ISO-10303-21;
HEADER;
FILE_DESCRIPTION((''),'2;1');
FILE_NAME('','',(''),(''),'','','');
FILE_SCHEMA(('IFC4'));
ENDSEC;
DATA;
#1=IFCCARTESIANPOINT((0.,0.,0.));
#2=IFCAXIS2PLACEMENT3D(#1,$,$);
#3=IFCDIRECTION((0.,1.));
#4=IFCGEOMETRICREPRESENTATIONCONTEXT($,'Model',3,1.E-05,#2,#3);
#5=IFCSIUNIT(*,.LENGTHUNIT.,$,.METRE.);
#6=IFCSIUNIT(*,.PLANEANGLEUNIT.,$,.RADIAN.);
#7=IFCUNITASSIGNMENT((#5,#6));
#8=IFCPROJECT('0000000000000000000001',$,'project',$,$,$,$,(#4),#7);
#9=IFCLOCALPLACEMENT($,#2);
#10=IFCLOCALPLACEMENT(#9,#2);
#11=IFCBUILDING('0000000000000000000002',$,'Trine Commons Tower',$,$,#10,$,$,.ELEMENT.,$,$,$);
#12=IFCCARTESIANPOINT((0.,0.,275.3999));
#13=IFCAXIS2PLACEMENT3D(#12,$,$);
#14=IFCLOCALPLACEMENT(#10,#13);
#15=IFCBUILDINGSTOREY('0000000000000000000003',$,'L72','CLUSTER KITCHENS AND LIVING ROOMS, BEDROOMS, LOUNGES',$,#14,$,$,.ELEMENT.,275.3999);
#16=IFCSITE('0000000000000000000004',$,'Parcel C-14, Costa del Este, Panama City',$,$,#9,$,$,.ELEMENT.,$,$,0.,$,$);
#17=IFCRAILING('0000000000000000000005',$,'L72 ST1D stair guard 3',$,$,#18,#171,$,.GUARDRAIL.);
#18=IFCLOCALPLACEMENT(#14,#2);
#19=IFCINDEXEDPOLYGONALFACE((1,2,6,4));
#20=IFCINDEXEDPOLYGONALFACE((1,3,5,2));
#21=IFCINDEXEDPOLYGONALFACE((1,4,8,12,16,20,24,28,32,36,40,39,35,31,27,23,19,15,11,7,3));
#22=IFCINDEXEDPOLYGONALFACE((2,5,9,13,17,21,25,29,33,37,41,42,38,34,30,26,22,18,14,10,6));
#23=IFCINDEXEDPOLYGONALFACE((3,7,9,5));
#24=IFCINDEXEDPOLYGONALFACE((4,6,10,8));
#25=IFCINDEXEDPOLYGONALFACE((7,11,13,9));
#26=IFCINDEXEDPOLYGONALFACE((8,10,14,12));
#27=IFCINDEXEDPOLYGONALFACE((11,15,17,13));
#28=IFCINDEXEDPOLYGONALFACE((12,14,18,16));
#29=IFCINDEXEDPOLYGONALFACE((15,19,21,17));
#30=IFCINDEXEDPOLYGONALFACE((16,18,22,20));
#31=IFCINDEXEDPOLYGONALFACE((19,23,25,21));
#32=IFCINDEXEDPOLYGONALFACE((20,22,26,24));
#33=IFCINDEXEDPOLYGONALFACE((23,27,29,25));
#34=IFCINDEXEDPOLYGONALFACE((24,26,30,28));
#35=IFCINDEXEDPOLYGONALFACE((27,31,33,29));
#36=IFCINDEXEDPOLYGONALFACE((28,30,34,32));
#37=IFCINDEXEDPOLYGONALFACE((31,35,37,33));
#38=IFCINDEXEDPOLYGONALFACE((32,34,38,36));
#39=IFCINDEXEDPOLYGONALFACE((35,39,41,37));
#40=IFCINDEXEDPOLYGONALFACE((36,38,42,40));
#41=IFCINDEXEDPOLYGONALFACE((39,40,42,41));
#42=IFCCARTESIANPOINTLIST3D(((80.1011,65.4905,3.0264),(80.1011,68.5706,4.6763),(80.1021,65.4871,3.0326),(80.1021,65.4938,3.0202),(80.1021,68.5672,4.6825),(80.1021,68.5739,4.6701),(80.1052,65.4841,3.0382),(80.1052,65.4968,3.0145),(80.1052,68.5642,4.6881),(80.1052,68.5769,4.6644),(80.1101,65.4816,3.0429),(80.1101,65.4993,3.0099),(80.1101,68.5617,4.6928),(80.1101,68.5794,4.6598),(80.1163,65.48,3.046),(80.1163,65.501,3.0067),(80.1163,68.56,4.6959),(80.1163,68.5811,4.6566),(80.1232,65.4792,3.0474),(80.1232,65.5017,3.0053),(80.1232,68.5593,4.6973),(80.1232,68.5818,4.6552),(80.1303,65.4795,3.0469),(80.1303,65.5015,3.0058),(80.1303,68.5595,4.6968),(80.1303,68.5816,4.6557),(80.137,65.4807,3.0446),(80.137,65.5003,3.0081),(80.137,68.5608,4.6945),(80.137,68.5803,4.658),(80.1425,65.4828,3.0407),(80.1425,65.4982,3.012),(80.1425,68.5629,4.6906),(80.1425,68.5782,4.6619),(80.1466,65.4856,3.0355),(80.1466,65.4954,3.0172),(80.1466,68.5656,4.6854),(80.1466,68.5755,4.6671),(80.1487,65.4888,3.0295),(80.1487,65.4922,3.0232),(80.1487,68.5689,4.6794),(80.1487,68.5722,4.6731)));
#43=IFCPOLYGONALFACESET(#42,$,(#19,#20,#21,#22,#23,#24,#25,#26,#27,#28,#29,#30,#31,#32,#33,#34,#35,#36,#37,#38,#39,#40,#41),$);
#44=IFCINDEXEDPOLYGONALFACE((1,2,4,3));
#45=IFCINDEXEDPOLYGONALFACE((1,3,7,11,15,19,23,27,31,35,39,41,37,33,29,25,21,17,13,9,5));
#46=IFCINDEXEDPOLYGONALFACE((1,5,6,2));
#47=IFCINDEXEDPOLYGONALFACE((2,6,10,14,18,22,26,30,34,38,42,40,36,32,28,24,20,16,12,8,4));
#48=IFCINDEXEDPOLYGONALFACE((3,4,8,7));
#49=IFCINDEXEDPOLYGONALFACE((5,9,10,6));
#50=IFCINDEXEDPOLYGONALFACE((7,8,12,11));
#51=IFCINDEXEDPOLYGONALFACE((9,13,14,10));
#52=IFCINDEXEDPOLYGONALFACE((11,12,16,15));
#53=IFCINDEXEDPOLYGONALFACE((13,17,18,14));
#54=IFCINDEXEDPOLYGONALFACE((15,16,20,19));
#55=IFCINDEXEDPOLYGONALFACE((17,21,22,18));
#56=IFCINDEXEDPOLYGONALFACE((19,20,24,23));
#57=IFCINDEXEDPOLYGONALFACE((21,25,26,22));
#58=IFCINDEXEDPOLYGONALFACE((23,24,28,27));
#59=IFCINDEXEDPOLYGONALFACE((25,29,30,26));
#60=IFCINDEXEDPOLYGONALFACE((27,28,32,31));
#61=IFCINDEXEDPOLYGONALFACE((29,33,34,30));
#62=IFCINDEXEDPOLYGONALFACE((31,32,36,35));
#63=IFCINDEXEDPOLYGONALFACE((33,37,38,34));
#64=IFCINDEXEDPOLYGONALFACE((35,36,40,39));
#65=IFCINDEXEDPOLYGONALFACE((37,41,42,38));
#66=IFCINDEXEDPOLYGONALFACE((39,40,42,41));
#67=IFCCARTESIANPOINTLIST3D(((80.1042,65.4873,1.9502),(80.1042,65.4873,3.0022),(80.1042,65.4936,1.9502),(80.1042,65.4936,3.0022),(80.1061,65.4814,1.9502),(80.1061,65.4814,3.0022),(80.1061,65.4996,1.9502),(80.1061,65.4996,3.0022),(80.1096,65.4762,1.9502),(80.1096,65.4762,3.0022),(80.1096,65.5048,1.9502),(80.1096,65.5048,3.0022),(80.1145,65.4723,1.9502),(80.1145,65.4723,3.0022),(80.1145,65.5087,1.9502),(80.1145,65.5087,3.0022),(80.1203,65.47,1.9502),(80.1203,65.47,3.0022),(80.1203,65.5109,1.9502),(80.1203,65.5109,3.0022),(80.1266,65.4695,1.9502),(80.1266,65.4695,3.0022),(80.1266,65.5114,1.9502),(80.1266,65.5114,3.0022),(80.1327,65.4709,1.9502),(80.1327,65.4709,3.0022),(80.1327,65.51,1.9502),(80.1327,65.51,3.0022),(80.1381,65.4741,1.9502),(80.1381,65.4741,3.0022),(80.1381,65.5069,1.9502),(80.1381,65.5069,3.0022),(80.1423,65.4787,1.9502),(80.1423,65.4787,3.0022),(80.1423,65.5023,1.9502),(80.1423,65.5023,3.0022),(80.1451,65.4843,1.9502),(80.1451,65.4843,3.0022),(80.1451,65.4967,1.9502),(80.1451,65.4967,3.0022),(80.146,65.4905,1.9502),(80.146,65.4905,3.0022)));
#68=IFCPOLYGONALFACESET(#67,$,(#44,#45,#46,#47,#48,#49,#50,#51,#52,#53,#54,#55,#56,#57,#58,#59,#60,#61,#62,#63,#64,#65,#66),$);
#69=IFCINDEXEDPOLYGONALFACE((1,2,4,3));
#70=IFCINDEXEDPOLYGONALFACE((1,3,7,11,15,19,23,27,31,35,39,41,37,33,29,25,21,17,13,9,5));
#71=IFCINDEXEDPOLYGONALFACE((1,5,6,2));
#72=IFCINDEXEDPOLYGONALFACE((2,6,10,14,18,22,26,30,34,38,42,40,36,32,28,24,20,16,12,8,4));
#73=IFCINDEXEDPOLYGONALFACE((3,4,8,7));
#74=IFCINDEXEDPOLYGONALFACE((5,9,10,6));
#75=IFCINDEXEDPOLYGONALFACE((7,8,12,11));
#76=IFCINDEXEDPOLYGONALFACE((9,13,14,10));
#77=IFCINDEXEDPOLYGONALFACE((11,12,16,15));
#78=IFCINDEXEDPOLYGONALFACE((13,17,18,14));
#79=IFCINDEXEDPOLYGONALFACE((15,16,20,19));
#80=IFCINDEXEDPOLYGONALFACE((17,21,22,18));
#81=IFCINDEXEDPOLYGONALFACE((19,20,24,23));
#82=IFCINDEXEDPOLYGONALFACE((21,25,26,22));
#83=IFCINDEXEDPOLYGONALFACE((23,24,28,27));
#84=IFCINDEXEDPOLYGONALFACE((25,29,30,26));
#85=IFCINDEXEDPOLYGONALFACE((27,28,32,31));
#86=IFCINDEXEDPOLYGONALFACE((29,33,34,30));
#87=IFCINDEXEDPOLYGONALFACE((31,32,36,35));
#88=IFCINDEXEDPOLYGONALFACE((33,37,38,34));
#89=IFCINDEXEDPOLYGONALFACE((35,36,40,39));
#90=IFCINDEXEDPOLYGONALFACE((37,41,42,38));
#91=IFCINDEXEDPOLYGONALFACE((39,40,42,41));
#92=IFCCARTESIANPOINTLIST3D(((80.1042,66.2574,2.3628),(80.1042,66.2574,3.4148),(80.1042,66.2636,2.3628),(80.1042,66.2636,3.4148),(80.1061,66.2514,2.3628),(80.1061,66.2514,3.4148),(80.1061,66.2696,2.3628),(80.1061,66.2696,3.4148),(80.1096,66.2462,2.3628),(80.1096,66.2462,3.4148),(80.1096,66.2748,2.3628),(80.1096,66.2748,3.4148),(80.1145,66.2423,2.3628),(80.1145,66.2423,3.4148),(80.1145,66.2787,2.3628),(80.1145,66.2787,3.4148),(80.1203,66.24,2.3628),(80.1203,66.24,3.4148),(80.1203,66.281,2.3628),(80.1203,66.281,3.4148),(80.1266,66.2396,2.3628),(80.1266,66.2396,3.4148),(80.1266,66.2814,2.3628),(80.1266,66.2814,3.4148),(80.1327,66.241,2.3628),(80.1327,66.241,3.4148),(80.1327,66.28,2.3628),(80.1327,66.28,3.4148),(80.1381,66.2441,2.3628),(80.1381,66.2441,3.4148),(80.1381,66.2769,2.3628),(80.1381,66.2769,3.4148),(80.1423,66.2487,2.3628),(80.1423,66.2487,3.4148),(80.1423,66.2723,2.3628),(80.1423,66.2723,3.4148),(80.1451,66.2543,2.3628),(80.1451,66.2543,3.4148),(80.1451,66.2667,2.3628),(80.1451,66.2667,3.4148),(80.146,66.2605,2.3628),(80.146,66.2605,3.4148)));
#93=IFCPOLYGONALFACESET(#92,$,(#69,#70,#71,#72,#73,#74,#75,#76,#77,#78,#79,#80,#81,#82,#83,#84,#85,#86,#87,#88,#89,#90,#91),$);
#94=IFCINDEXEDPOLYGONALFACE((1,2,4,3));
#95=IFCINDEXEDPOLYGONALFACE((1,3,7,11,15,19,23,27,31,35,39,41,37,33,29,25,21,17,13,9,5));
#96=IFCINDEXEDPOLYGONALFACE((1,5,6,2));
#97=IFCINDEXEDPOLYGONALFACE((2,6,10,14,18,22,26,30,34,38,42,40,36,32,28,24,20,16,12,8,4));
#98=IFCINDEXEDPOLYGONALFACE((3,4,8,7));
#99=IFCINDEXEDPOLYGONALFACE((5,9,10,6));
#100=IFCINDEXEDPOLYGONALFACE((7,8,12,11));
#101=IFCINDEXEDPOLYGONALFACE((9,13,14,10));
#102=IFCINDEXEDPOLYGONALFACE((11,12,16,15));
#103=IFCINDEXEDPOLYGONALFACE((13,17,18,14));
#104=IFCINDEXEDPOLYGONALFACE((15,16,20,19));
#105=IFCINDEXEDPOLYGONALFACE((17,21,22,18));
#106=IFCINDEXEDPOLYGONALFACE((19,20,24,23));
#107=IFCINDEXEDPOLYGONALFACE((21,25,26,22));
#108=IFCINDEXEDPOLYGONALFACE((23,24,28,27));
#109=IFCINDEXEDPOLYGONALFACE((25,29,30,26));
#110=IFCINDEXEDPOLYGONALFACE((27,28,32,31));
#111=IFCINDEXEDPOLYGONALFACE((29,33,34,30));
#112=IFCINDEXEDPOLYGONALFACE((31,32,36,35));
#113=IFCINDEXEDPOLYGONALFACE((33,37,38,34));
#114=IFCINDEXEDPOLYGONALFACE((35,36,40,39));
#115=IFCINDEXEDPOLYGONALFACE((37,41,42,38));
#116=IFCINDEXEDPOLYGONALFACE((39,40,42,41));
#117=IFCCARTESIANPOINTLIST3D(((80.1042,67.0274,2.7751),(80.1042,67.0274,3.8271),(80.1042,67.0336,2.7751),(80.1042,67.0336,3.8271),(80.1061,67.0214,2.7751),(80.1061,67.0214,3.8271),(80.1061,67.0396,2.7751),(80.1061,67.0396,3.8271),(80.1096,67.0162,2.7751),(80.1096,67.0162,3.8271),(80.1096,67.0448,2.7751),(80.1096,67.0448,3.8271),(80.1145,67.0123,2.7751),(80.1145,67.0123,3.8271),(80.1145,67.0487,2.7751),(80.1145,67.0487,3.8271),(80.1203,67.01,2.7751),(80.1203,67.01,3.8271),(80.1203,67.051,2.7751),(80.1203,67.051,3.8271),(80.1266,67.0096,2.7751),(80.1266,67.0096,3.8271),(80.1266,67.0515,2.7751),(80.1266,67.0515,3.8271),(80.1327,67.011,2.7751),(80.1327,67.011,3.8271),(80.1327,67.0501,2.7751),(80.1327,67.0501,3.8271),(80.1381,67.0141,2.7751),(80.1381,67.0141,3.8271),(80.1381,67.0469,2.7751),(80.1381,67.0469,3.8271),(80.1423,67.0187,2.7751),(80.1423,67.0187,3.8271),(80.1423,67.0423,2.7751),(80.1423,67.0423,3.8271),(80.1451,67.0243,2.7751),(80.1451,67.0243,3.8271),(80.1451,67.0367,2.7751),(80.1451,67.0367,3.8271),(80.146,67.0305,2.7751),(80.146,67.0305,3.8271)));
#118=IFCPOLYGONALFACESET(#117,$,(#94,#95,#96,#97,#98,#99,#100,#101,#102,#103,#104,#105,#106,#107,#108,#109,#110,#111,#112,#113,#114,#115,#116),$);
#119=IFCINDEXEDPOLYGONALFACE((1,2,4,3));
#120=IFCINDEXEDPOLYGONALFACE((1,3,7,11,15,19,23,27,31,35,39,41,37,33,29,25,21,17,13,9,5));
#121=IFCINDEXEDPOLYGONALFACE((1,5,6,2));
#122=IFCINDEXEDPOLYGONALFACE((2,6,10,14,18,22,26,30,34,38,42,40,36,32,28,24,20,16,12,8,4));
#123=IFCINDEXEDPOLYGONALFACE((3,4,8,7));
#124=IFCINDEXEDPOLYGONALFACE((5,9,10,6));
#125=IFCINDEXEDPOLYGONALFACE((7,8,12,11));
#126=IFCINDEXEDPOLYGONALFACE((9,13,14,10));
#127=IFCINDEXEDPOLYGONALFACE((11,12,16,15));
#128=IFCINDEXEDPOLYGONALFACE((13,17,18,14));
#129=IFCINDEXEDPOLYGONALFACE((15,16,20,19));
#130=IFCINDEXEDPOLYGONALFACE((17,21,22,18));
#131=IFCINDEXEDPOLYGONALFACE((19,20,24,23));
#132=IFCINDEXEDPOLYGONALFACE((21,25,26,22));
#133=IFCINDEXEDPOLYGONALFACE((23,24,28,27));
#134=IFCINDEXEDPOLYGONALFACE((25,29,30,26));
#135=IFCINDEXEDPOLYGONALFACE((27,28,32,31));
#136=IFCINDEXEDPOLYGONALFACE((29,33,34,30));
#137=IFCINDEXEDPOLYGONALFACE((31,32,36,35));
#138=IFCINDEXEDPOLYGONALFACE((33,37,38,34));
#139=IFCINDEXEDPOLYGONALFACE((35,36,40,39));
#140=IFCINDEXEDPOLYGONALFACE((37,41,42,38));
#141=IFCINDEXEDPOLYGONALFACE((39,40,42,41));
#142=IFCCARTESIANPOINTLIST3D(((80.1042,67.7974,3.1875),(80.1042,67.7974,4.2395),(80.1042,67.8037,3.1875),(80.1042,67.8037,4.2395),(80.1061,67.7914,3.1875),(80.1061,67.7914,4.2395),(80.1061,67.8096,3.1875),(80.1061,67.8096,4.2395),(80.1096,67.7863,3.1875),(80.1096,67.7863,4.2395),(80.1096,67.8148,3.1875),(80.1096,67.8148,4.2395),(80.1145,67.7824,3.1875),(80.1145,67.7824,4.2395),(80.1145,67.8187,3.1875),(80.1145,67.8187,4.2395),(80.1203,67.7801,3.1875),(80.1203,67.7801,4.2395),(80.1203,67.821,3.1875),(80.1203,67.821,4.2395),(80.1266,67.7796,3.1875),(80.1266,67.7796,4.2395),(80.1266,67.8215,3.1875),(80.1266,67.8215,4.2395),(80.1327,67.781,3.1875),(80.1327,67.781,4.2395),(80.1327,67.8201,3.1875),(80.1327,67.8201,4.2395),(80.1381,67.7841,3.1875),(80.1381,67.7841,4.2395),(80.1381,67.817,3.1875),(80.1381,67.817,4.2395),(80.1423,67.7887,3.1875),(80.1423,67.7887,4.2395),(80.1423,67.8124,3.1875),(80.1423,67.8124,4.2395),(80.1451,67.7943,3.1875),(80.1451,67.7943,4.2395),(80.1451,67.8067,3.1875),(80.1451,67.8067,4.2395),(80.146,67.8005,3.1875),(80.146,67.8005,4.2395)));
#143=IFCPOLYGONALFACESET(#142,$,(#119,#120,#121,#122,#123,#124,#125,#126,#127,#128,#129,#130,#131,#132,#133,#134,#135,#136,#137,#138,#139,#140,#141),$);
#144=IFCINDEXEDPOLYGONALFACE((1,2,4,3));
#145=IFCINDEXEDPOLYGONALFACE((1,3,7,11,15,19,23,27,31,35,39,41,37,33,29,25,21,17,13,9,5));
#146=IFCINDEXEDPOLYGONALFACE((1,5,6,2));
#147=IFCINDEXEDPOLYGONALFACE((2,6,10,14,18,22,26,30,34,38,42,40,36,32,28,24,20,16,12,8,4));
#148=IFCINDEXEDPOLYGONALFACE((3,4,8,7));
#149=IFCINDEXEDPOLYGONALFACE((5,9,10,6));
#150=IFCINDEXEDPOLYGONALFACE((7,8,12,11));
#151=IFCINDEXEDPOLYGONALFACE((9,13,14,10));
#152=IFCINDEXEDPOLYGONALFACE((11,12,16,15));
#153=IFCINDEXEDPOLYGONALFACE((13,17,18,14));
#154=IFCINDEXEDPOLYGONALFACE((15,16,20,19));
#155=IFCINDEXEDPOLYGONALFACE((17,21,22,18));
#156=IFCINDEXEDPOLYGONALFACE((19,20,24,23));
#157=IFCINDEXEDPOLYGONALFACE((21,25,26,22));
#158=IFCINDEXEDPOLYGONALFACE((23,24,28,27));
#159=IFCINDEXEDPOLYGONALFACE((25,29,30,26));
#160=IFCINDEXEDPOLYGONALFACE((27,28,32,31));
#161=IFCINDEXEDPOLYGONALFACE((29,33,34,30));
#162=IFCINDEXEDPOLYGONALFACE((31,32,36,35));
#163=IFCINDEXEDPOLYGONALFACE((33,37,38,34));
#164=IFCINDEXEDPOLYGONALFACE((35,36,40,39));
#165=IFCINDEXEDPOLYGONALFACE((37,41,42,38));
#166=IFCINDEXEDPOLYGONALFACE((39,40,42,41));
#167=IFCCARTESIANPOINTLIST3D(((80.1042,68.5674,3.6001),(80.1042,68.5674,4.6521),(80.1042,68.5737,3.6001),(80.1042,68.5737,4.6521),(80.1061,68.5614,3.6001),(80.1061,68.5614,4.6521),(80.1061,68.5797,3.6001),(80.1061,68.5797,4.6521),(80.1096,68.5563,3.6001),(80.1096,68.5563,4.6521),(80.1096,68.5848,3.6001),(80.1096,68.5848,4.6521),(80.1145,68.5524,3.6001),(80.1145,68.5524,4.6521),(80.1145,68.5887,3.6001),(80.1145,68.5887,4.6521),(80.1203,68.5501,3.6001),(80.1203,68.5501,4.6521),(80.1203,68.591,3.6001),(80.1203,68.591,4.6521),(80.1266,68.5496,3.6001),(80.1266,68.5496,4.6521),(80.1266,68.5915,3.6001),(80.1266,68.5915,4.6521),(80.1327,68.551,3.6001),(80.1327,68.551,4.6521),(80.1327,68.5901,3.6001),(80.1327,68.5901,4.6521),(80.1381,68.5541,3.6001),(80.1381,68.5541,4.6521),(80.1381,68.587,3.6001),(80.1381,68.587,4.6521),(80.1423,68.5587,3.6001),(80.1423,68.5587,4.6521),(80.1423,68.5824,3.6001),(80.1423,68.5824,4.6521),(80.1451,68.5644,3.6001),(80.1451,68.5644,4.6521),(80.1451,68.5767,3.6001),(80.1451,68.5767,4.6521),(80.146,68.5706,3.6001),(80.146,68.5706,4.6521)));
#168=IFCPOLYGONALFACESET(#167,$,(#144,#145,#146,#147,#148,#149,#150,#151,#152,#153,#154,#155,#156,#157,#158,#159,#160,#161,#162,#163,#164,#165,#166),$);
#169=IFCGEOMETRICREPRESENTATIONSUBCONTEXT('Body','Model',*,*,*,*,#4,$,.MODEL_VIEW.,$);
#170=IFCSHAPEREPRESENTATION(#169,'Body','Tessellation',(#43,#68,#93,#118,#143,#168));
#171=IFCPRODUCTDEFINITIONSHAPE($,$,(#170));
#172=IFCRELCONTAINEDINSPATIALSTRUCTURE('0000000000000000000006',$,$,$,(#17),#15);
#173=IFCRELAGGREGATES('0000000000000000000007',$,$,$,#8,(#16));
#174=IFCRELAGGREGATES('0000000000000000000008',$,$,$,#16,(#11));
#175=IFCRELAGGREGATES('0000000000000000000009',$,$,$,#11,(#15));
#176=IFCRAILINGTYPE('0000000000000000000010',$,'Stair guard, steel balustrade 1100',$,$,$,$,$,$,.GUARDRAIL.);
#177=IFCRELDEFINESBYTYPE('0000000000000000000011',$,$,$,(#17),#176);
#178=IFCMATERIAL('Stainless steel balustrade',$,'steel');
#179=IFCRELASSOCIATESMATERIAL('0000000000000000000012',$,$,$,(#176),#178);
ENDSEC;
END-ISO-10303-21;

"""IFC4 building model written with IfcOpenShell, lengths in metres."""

from ifc_helpers import new_model, si_unit, direction, frame, origin, origin_2d, place, context, subcontext, project, spatial, circle, extrude, material, type_object, element, save


model = new_model("IFC4")

# Units and contexts
model_context = context("Model", 3, precision=1e-05, world=origin(), true_north=direction((0.0, 1.0)))
body_context = subcontext(model_context, "Body", "Model", "MODEL_VIEW")
ifc_project = project(units=[si_unit("LENGTHUNIT", "METRE"), si_unit("PLANEANGLEUNIT", "RADIAN")], contexts=[model_context])

# Site, building, storey
site_placement = place(None, origin())
site = spatial("IfcSite", under=ifc_project, at=site_placement, Name="Parcel C-14, Costa del Este, Panama City", CompositionType="ELEMENT", RefElevation=0.0)
building_placement = place(site_placement, origin())
building = spatial("IfcBuilding", under=site, at=building_placement, Name="Trine Commons Tower", CompositionType="ELEMENT")
storey_placement = place(building_placement, frame((0.0, 0.0, 275.3999)))
storey = spatial("IfcBuildingStorey", under=building, at=storey_placement, Name="L72", Description="CLUSTER KITCHENS AND LIVING ROOMS, BEDROOMS, LOUNGES", CompositionType="ELEMENT", Elevation=275.3999)

# Railing
ifc_material_1 = material(Name="Stainless steel balustrade", Category="steel")
railing_type_1 = type_object("IfcRailingType", Name="Stair guard, steel balustrade 1100", PredefinedType="GUARDRAIL", material=ifc_material_1)
railing_1_placement = place(storey_placement, frame((80.125, 65.4905, 1.9502)))
element("IfcRailing", 1, at=railing_1_placement, inside=storey, type_object=railing_type_1, Name="L72 ST1D stair guard 3", PredefinedType="GUARDRAIL", context=body_context, shape_type="SweptSolid", body=[
    extrude(circle(Radius=0.0239, at=origin_2d()), frame((0.0, 0.0, 1.0762), z_axis=(0.0, 0.881497, 0.47219), x_axis=(-1.0, 0.0, 0.0)), (0.0, 0.0, 1.0), 3.4941),
    extrude(circle(Radius=0.021, at=origin_2d()), origin(), (0.0, 0.0, 1.0), 1.052),
    extrude(circle(Radius=0.021, at=origin_2d()), frame((0.0, 0.77, 0.4126)), (0.0, 0.0, 1.0), 1.052),
    extrude(circle(Radius=0.021, at=origin_2d()), frame((0.0, 1.54, 0.825)), (0.0, 0.0, 1.0), 1.052),
    extrude(circle(Radius=0.021, at=origin_2d()), frame((0.0, 2.3101, 1.2373)), (0.0, 0.0, 1.0), 1.052),
    extrude(circle(Radius=0.021, at=origin_2d()), frame((0.0, 3.0801, 1.6499)), (0.0, 0.0, 1.0), 1.052),
])

save(model, "model.ifc")
